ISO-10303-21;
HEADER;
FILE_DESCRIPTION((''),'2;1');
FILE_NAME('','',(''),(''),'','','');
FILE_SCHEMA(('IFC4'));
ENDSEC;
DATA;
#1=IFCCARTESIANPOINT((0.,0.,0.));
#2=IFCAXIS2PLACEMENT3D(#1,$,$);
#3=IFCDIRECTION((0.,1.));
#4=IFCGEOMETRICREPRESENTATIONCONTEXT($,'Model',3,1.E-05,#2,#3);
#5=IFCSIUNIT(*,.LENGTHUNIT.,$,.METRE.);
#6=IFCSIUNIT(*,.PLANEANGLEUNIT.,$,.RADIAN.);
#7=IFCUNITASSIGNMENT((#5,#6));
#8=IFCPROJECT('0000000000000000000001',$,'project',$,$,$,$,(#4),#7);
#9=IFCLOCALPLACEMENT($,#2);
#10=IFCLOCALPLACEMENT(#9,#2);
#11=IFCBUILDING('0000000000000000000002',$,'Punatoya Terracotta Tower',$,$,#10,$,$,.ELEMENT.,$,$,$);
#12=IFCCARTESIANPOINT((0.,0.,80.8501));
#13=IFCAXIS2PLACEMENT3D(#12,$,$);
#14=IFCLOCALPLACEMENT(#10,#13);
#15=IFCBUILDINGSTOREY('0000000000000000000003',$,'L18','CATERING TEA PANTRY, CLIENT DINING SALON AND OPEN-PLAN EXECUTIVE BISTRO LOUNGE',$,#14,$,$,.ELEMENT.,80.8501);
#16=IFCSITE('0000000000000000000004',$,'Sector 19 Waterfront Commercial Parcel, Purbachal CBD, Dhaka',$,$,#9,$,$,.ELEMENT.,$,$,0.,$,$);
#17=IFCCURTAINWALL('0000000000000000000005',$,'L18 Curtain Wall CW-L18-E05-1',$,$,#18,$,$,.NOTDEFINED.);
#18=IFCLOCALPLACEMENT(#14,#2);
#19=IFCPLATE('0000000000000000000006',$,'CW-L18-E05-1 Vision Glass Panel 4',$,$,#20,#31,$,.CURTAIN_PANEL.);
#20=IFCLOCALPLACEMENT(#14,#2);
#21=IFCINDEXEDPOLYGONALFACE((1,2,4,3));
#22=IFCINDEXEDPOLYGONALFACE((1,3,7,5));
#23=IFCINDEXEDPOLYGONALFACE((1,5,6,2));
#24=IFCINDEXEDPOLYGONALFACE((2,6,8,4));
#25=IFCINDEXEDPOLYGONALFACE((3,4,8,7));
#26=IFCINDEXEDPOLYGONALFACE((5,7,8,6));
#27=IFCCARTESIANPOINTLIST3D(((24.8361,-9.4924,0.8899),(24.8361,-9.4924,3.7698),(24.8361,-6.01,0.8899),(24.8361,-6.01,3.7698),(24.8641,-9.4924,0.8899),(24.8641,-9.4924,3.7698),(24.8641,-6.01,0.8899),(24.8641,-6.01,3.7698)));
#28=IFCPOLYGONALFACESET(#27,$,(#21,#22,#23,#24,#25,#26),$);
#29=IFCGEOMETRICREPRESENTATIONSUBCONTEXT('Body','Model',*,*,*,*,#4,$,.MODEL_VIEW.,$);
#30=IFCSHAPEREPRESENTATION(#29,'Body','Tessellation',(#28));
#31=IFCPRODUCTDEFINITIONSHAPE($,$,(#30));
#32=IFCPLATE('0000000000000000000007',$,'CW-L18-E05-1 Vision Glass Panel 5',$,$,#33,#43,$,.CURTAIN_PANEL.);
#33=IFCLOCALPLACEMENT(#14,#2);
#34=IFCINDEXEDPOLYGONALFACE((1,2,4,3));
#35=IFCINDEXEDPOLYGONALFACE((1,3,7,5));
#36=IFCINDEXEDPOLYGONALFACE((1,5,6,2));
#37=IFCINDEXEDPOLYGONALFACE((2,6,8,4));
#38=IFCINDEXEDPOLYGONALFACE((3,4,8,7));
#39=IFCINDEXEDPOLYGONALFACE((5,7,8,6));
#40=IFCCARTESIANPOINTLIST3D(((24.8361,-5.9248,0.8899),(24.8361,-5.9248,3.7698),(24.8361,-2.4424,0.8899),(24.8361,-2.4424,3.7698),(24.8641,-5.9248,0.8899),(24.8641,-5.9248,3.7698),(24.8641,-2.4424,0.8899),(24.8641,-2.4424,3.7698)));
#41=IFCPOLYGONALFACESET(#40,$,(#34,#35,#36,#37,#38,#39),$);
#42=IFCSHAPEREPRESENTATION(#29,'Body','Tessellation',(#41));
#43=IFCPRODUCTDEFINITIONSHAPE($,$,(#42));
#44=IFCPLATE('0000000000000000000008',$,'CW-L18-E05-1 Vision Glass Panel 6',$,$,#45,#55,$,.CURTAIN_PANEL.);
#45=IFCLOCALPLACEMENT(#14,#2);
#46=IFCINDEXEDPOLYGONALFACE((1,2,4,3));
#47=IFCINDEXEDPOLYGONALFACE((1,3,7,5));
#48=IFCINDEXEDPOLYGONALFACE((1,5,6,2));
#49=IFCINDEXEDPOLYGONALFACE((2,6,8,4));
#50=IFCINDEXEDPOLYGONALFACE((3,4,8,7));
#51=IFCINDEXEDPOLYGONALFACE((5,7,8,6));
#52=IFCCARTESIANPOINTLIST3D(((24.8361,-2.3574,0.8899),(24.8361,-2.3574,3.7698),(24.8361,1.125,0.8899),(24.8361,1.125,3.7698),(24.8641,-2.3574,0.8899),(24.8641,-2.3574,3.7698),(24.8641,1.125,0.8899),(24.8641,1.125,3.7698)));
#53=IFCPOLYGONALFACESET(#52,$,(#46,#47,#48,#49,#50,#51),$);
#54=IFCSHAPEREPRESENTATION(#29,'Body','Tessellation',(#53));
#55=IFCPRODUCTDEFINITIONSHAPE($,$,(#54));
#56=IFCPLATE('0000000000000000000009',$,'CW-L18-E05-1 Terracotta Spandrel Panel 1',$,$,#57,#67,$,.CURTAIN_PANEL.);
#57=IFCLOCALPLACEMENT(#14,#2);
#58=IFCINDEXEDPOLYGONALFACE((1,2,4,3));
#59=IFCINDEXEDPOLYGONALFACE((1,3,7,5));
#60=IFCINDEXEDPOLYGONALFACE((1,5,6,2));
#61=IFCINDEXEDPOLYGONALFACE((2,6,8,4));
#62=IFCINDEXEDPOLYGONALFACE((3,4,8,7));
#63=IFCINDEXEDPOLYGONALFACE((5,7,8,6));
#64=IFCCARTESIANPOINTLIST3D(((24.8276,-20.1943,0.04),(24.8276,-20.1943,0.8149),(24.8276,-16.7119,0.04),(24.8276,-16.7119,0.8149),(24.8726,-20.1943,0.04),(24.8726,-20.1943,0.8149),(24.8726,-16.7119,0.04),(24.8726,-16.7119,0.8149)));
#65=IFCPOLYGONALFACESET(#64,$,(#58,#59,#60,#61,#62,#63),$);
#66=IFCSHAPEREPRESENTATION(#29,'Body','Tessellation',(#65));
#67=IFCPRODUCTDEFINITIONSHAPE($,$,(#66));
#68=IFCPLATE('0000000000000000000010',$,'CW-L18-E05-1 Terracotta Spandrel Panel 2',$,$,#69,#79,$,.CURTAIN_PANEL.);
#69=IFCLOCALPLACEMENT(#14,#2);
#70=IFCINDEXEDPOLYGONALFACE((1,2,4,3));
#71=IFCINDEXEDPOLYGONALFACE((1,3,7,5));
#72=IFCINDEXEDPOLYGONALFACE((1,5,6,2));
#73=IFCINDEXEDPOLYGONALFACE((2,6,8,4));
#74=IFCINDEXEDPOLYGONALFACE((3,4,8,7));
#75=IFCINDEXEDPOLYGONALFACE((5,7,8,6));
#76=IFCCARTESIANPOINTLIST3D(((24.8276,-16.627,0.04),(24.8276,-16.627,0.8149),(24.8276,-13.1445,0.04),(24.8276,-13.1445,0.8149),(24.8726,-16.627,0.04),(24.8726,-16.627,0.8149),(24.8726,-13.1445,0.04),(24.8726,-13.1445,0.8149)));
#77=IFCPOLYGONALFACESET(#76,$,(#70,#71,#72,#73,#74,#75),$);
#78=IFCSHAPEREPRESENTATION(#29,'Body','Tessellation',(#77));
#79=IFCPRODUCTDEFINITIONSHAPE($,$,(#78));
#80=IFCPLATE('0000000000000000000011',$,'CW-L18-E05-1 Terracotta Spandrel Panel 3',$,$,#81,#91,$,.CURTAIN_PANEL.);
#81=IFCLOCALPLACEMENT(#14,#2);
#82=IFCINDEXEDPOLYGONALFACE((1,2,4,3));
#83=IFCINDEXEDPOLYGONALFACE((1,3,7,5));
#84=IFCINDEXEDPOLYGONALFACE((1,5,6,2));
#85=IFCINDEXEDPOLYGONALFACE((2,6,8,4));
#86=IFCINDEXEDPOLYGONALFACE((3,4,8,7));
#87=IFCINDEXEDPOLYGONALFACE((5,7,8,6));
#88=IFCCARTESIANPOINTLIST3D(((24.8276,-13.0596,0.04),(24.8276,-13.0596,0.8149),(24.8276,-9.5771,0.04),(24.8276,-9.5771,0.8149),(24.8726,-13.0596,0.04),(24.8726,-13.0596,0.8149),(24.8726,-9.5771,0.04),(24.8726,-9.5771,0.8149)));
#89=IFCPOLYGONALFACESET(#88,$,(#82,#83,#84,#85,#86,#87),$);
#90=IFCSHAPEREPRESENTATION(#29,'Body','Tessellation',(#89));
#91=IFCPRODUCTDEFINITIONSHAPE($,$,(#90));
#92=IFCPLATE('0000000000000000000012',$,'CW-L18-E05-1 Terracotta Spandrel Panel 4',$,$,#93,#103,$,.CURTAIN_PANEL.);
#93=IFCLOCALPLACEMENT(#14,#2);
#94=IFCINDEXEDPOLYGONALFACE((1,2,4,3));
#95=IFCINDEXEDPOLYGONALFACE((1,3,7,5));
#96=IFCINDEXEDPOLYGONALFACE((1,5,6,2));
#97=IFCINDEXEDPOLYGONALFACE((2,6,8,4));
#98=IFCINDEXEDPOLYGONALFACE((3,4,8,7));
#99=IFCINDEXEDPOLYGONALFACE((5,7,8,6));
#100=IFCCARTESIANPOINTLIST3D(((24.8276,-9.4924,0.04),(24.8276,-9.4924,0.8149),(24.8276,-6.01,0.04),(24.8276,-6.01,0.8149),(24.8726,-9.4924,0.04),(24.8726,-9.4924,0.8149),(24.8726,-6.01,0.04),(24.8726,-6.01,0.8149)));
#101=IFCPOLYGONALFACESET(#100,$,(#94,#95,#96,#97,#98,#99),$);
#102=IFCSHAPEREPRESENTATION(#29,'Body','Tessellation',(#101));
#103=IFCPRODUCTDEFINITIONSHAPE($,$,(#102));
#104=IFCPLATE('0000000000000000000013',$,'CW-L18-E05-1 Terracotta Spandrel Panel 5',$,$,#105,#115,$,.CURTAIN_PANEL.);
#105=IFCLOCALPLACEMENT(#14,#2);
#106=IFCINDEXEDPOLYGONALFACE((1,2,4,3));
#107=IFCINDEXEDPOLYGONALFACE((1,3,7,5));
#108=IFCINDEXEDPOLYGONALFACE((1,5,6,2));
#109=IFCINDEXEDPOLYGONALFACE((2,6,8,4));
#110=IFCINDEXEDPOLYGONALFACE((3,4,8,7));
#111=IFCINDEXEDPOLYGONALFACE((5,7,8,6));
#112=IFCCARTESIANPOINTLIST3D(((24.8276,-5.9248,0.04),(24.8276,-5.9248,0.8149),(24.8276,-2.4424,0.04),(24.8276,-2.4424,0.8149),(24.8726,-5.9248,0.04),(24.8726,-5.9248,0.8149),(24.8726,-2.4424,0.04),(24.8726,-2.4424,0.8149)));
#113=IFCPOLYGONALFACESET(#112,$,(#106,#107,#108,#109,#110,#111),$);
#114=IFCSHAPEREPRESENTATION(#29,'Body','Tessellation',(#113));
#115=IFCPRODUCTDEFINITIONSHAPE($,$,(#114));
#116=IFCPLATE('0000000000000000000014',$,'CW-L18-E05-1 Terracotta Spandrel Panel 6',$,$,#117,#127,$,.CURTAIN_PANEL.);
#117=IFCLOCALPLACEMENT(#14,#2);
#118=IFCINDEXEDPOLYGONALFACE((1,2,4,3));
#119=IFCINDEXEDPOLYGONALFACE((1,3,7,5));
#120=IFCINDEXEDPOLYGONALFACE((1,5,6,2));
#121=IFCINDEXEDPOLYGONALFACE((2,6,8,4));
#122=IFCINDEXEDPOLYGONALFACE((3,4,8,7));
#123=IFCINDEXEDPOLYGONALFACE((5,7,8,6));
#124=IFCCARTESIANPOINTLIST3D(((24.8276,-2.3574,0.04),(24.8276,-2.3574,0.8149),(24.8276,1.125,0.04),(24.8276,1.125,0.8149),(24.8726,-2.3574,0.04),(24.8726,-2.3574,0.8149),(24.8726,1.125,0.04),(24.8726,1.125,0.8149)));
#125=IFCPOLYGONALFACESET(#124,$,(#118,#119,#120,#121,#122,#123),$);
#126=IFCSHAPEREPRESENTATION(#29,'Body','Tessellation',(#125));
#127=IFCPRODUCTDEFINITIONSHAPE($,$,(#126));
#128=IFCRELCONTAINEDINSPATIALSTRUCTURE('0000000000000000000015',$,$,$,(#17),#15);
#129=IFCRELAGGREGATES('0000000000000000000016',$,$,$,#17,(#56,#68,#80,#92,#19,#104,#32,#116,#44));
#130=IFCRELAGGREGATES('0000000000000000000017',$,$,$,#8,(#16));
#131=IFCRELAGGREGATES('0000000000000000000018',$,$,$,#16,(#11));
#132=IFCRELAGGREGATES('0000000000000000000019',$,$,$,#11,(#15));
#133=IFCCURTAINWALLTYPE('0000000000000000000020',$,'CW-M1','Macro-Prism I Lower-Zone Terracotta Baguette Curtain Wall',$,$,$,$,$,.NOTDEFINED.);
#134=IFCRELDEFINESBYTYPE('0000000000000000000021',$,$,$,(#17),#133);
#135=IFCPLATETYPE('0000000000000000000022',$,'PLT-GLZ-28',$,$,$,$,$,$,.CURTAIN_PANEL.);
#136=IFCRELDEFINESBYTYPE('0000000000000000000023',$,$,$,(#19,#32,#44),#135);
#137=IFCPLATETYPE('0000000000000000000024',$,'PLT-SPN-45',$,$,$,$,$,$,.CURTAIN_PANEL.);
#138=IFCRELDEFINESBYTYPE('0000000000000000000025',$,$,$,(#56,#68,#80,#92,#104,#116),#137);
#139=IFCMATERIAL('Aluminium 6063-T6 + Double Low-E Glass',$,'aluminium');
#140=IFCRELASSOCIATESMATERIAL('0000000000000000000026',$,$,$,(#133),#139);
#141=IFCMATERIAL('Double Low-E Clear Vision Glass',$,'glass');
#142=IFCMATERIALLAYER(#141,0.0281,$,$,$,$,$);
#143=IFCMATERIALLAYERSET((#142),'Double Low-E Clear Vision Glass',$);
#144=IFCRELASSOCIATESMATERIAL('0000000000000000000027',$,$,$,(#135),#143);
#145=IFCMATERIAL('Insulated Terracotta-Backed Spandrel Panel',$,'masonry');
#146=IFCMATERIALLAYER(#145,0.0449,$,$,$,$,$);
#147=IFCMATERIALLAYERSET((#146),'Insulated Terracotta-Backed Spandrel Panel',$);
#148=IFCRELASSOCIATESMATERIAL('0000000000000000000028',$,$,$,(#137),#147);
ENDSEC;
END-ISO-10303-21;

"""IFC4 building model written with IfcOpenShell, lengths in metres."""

from ifc_helpers import new_model, si_unit, direction, frame, origin, origin_2d, place, context, subcontext, project, spatial, rectangle, extrude, material, layer, layer_set, type_object, element, aggregate, save


model = new_model("IFC4")

# Units and contexts
model_context = context("Model", 3, precision=1e-05, world=origin(), true_north=direction((0.0, 1.0)))
body_context = subcontext(model_context, "Body", "Model", "MODEL_VIEW")
ifc_project = project(units=[si_unit("LENGTHUNIT", "METRE"), si_unit("PLANEANGLEUNIT", "RADIAN")], contexts=[model_context])

# Site, building, storey
site_placement = place(None, origin())
site = spatial("IfcSite", under=ifc_project, at=site_placement, Name="Sector 19 Waterfront Commercial Parcel, Purbachal CBD, Dhaka", CompositionType="ELEMENT", RefElevation=0.0)
building_placement = place(site_placement, origin())
building = spatial("IfcBuilding", under=site, at=building_placement, Name="Punatoya Terracotta Tower", CompositionType="ELEMENT")
storey_placement = place(building_placement, frame((0.0, 0.0, 80.8501)))
storey = spatial("IfcBuildingStorey", under=building, at=storey_placement, Name="L18", Description="CATERING TEA PANTRY, CLIENT DINING SALON AND OPEN-PLAN EXECUTIVE BISTRO LOUNGE", CompositionType="ELEMENT", Elevation=80.8501)

# Curtain wall, plates
ifc_material_1 = material(Name="Aluminium 6063-T6 + Double Low-E Glass", Category="aluminium")
curtain_wall_type = type_object("IfcCurtainWallType", Name="CW-M1", Description="Macro-Prism I Lower-Zone Terracotta Baguette Curtain Wall", PredefinedType="NOTDEFINED", material=ifc_material_1)
curtain_wall_placement = place(storey_placement, origin())
curtain_wall = element("IfcCurtainWall", 1, at=curtain_wall_placement, inside=storey, type_object=curtain_wall_type, Name="L18 Curtain Wall CW-L18-E05-1", PredefinedType="NOTDEFINED")
ifc_material_2 = material(Name="Double Low-E Clear Vision Glass", Category="glass")
ifc_layer_1 = layer(ifc_material_2, 0.0281)
ifc_layer_set_1 = layer_set([ifc_layer_1], Name="Double Low-E Clear Vision Glass")
plate_type_1 = type_object("IfcPlateType", Name="PLT-GLZ-28", PredefinedType="CURTAIN_PANEL", material=ifc_layer_set_1)
plate_1_placement = place(storey_placement, frame((24.8501, -7.7512, 0.8899), z_axis=(0.0, 0.0, 1.0), x_axis=(0.0, 1.0, 0.0)))
plate_1 = element("IfcPlate", 2, at=plate_1_placement, type_object=plate_type_1, Name="CW-L18-E05-1 Vision Glass Panel 4", PredefinedType="CURTAIN_PANEL", context=body_context, shape_type="SweptSolid", body=[
    extrude(rectangle(XDim=3.4824, YDim=0.0281, at=origin_2d()), origin(), (0.0, 0.0, 1.0), 2.8799),
])
plate_2_placement = place(storey_placement, frame((24.8501, -4.1836, 0.8899), z_axis=(0.0, 0.0, 1.0), x_axis=(0.0, 1.0, 0.0)))
plate_2 = element("IfcPlate", 3, at=plate_2_placement, type_object=plate_type_1, Name="CW-L18-E05-1 Vision Glass Panel 5", PredefinedType="CURTAIN_PANEL", context=body_context, shape_type="SweptSolid", body=[
    extrude(rectangle(XDim=3.4824, YDim=0.0281, at=origin_2d()), origin(), (0.0, 0.0, 1.0), 2.8799),
])
plate_3_placement = place(storey_placement, frame((24.8501, -0.6162, 0.8899), z_axis=(0.0, 0.0, 1.0), x_axis=(0.0, 1.0, 0.0)))
plate_3 = element("IfcPlate", 4, at=plate_3_placement, type_object=plate_type_1, Name="CW-L18-E05-1 Vision Glass Panel 6", PredefinedType="CURTAIN_PANEL", context=body_context, shape_type="SweptSolid", body=[
    extrude(rectangle(XDim=3.4824, YDim=0.0281, at=origin_2d()), origin(), (0.0, 0.0, 1.0), 2.8799),
])
ifc_material_3 = material(Name="Insulated Terracotta-Backed Spandrel Panel", Category="masonry")
ifc_layer_2 = layer(ifc_material_3, 0.0449)
ifc_layer_set_2 = layer_set([ifc_layer_2], Name="Insulated Terracotta-Backed Spandrel Panel")
plate_type_2 = type_object("IfcPlateType", Name="PLT-SPN-45", PredefinedType="CURTAIN_PANEL", material=ifc_layer_set_2)
plate_4_placement = place(storey_placement, frame((24.8501, -18.4531, 0.04), z_axis=(0.0, 0.0, 1.0), x_axis=(0.0, 1.0, 0.0)))
plate_4 = element("IfcPlate", 5, at=plate_4_placement, type_object=plate_type_2, Name="CW-L18-E05-1 Terracotta Spandrel Panel 1", PredefinedType="CURTAIN_PANEL", context=body_context, shape_type="SweptSolid", body=[
    extrude(rectangle(XDim=3.4824, YDim=0.0449, at=origin_2d()), origin(), (0.0, 0.0, 1.0), 0.7749),
])
plate_5_placement = place(storey_placement, frame((24.8501, -14.8857, 0.04), z_axis=(0.0, 0.0, 1.0), x_axis=(0.0, 1.0, 0.0)))
plate_5 = element("IfcPlate", 6, at=plate_5_placement, type_object=plate_type_2, Name="CW-L18-E05-1 Terracotta Spandrel Panel 2", PredefinedType="CURTAIN_PANEL", context=body_context, shape_type="SweptSolid", body=[
    extrude(rectangle(XDim=3.4824, YDim=0.0449, at=origin_2d()), origin(), (0.0, 0.0, 1.0), 0.7749),
])
plate_6_placement = place(storey_placement, frame((24.8501, -11.3184, 0.04), z_axis=(0.0, 0.0, 1.0), x_axis=(0.0, 1.0, 0.0)))
plate_6 = element("IfcPlate", 7, at=plate_6_placement, type_object=plate_type_2, Name="CW-L18-E05-1 Terracotta Spandrel Panel 3", PredefinedType="CURTAIN_PANEL", context=body_context, shape_type="SweptSolid", body=[
    extrude(rectangle(XDim=3.4824, YDim=0.0449, at=origin_2d()), origin(), (0.0, 0.0, 1.0), 0.7749),
])
plate_7_placement = place(storey_placement, frame((24.8501, -7.7512, 0.04), z_axis=(0.0, 0.0, 1.0), x_axis=(0.0, 1.0, 0.0)))
plate_7 = element("IfcPlate", 8, at=plate_7_placement, type_object=plate_type_2, Name="CW-L18-E05-1 Terracotta Spandrel Panel 4", PredefinedType="CURTAIN_PANEL", context=body_context, shape_type="SweptSolid", body=[
    extrude(rectangle(XDim=3.4824, YDim=0.0449, at=origin_2d()), origin(), (0.0, 0.0, 1.0), 0.7749),
])
plate_8_placement = place(storey_placement, frame((24.8501, -4.1836, 0.04), z_axis=(0.0, 0.0, 1.0), x_axis=(0.0, 1.0, 0.0)))
plate_8 = element("IfcPlate", 9, at=plate_8_placement, type_object=plate_type_2, Name="CW-L18-E05-1 Terracotta Spandrel Panel 5", PredefinedType="CURTAIN_PANEL", context=body_context, shape_type="SweptSolid", body=[
    extrude(rectangle(XDim=3.4824, YDim=0.0449, at=origin_2d()), origin(), (0.0, 0.0, 1.0), 0.7749),
])
plate_9_placement = place(storey_placement, frame((24.8501, -0.6162, 0.04), z_axis=(0.0, 0.0, 1.0), x_axis=(0.0, 1.0, 0.0)))
plate_9 = element("IfcPlate", 10, at=plate_9_placement, type_object=plate_type_2, Name="CW-L18-E05-1 Terracotta Spandrel Panel 6", PredefinedType="CURTAIN_PANEL", context=body_context, shape_type="SweptSolid", body=[
    extrude(rectangle(XDim=3.4824, YDim=0.0449, at=origin_2d()), origin(), (0.0, 0.0, 1.0), 0.7749),
])
aggregate(curtain_wall, [plate_4, plate_5, plate_6, plate_7, plate_1, plate_8, plate_2, plate_9, plate_3])

save(model, "model.ifc")
